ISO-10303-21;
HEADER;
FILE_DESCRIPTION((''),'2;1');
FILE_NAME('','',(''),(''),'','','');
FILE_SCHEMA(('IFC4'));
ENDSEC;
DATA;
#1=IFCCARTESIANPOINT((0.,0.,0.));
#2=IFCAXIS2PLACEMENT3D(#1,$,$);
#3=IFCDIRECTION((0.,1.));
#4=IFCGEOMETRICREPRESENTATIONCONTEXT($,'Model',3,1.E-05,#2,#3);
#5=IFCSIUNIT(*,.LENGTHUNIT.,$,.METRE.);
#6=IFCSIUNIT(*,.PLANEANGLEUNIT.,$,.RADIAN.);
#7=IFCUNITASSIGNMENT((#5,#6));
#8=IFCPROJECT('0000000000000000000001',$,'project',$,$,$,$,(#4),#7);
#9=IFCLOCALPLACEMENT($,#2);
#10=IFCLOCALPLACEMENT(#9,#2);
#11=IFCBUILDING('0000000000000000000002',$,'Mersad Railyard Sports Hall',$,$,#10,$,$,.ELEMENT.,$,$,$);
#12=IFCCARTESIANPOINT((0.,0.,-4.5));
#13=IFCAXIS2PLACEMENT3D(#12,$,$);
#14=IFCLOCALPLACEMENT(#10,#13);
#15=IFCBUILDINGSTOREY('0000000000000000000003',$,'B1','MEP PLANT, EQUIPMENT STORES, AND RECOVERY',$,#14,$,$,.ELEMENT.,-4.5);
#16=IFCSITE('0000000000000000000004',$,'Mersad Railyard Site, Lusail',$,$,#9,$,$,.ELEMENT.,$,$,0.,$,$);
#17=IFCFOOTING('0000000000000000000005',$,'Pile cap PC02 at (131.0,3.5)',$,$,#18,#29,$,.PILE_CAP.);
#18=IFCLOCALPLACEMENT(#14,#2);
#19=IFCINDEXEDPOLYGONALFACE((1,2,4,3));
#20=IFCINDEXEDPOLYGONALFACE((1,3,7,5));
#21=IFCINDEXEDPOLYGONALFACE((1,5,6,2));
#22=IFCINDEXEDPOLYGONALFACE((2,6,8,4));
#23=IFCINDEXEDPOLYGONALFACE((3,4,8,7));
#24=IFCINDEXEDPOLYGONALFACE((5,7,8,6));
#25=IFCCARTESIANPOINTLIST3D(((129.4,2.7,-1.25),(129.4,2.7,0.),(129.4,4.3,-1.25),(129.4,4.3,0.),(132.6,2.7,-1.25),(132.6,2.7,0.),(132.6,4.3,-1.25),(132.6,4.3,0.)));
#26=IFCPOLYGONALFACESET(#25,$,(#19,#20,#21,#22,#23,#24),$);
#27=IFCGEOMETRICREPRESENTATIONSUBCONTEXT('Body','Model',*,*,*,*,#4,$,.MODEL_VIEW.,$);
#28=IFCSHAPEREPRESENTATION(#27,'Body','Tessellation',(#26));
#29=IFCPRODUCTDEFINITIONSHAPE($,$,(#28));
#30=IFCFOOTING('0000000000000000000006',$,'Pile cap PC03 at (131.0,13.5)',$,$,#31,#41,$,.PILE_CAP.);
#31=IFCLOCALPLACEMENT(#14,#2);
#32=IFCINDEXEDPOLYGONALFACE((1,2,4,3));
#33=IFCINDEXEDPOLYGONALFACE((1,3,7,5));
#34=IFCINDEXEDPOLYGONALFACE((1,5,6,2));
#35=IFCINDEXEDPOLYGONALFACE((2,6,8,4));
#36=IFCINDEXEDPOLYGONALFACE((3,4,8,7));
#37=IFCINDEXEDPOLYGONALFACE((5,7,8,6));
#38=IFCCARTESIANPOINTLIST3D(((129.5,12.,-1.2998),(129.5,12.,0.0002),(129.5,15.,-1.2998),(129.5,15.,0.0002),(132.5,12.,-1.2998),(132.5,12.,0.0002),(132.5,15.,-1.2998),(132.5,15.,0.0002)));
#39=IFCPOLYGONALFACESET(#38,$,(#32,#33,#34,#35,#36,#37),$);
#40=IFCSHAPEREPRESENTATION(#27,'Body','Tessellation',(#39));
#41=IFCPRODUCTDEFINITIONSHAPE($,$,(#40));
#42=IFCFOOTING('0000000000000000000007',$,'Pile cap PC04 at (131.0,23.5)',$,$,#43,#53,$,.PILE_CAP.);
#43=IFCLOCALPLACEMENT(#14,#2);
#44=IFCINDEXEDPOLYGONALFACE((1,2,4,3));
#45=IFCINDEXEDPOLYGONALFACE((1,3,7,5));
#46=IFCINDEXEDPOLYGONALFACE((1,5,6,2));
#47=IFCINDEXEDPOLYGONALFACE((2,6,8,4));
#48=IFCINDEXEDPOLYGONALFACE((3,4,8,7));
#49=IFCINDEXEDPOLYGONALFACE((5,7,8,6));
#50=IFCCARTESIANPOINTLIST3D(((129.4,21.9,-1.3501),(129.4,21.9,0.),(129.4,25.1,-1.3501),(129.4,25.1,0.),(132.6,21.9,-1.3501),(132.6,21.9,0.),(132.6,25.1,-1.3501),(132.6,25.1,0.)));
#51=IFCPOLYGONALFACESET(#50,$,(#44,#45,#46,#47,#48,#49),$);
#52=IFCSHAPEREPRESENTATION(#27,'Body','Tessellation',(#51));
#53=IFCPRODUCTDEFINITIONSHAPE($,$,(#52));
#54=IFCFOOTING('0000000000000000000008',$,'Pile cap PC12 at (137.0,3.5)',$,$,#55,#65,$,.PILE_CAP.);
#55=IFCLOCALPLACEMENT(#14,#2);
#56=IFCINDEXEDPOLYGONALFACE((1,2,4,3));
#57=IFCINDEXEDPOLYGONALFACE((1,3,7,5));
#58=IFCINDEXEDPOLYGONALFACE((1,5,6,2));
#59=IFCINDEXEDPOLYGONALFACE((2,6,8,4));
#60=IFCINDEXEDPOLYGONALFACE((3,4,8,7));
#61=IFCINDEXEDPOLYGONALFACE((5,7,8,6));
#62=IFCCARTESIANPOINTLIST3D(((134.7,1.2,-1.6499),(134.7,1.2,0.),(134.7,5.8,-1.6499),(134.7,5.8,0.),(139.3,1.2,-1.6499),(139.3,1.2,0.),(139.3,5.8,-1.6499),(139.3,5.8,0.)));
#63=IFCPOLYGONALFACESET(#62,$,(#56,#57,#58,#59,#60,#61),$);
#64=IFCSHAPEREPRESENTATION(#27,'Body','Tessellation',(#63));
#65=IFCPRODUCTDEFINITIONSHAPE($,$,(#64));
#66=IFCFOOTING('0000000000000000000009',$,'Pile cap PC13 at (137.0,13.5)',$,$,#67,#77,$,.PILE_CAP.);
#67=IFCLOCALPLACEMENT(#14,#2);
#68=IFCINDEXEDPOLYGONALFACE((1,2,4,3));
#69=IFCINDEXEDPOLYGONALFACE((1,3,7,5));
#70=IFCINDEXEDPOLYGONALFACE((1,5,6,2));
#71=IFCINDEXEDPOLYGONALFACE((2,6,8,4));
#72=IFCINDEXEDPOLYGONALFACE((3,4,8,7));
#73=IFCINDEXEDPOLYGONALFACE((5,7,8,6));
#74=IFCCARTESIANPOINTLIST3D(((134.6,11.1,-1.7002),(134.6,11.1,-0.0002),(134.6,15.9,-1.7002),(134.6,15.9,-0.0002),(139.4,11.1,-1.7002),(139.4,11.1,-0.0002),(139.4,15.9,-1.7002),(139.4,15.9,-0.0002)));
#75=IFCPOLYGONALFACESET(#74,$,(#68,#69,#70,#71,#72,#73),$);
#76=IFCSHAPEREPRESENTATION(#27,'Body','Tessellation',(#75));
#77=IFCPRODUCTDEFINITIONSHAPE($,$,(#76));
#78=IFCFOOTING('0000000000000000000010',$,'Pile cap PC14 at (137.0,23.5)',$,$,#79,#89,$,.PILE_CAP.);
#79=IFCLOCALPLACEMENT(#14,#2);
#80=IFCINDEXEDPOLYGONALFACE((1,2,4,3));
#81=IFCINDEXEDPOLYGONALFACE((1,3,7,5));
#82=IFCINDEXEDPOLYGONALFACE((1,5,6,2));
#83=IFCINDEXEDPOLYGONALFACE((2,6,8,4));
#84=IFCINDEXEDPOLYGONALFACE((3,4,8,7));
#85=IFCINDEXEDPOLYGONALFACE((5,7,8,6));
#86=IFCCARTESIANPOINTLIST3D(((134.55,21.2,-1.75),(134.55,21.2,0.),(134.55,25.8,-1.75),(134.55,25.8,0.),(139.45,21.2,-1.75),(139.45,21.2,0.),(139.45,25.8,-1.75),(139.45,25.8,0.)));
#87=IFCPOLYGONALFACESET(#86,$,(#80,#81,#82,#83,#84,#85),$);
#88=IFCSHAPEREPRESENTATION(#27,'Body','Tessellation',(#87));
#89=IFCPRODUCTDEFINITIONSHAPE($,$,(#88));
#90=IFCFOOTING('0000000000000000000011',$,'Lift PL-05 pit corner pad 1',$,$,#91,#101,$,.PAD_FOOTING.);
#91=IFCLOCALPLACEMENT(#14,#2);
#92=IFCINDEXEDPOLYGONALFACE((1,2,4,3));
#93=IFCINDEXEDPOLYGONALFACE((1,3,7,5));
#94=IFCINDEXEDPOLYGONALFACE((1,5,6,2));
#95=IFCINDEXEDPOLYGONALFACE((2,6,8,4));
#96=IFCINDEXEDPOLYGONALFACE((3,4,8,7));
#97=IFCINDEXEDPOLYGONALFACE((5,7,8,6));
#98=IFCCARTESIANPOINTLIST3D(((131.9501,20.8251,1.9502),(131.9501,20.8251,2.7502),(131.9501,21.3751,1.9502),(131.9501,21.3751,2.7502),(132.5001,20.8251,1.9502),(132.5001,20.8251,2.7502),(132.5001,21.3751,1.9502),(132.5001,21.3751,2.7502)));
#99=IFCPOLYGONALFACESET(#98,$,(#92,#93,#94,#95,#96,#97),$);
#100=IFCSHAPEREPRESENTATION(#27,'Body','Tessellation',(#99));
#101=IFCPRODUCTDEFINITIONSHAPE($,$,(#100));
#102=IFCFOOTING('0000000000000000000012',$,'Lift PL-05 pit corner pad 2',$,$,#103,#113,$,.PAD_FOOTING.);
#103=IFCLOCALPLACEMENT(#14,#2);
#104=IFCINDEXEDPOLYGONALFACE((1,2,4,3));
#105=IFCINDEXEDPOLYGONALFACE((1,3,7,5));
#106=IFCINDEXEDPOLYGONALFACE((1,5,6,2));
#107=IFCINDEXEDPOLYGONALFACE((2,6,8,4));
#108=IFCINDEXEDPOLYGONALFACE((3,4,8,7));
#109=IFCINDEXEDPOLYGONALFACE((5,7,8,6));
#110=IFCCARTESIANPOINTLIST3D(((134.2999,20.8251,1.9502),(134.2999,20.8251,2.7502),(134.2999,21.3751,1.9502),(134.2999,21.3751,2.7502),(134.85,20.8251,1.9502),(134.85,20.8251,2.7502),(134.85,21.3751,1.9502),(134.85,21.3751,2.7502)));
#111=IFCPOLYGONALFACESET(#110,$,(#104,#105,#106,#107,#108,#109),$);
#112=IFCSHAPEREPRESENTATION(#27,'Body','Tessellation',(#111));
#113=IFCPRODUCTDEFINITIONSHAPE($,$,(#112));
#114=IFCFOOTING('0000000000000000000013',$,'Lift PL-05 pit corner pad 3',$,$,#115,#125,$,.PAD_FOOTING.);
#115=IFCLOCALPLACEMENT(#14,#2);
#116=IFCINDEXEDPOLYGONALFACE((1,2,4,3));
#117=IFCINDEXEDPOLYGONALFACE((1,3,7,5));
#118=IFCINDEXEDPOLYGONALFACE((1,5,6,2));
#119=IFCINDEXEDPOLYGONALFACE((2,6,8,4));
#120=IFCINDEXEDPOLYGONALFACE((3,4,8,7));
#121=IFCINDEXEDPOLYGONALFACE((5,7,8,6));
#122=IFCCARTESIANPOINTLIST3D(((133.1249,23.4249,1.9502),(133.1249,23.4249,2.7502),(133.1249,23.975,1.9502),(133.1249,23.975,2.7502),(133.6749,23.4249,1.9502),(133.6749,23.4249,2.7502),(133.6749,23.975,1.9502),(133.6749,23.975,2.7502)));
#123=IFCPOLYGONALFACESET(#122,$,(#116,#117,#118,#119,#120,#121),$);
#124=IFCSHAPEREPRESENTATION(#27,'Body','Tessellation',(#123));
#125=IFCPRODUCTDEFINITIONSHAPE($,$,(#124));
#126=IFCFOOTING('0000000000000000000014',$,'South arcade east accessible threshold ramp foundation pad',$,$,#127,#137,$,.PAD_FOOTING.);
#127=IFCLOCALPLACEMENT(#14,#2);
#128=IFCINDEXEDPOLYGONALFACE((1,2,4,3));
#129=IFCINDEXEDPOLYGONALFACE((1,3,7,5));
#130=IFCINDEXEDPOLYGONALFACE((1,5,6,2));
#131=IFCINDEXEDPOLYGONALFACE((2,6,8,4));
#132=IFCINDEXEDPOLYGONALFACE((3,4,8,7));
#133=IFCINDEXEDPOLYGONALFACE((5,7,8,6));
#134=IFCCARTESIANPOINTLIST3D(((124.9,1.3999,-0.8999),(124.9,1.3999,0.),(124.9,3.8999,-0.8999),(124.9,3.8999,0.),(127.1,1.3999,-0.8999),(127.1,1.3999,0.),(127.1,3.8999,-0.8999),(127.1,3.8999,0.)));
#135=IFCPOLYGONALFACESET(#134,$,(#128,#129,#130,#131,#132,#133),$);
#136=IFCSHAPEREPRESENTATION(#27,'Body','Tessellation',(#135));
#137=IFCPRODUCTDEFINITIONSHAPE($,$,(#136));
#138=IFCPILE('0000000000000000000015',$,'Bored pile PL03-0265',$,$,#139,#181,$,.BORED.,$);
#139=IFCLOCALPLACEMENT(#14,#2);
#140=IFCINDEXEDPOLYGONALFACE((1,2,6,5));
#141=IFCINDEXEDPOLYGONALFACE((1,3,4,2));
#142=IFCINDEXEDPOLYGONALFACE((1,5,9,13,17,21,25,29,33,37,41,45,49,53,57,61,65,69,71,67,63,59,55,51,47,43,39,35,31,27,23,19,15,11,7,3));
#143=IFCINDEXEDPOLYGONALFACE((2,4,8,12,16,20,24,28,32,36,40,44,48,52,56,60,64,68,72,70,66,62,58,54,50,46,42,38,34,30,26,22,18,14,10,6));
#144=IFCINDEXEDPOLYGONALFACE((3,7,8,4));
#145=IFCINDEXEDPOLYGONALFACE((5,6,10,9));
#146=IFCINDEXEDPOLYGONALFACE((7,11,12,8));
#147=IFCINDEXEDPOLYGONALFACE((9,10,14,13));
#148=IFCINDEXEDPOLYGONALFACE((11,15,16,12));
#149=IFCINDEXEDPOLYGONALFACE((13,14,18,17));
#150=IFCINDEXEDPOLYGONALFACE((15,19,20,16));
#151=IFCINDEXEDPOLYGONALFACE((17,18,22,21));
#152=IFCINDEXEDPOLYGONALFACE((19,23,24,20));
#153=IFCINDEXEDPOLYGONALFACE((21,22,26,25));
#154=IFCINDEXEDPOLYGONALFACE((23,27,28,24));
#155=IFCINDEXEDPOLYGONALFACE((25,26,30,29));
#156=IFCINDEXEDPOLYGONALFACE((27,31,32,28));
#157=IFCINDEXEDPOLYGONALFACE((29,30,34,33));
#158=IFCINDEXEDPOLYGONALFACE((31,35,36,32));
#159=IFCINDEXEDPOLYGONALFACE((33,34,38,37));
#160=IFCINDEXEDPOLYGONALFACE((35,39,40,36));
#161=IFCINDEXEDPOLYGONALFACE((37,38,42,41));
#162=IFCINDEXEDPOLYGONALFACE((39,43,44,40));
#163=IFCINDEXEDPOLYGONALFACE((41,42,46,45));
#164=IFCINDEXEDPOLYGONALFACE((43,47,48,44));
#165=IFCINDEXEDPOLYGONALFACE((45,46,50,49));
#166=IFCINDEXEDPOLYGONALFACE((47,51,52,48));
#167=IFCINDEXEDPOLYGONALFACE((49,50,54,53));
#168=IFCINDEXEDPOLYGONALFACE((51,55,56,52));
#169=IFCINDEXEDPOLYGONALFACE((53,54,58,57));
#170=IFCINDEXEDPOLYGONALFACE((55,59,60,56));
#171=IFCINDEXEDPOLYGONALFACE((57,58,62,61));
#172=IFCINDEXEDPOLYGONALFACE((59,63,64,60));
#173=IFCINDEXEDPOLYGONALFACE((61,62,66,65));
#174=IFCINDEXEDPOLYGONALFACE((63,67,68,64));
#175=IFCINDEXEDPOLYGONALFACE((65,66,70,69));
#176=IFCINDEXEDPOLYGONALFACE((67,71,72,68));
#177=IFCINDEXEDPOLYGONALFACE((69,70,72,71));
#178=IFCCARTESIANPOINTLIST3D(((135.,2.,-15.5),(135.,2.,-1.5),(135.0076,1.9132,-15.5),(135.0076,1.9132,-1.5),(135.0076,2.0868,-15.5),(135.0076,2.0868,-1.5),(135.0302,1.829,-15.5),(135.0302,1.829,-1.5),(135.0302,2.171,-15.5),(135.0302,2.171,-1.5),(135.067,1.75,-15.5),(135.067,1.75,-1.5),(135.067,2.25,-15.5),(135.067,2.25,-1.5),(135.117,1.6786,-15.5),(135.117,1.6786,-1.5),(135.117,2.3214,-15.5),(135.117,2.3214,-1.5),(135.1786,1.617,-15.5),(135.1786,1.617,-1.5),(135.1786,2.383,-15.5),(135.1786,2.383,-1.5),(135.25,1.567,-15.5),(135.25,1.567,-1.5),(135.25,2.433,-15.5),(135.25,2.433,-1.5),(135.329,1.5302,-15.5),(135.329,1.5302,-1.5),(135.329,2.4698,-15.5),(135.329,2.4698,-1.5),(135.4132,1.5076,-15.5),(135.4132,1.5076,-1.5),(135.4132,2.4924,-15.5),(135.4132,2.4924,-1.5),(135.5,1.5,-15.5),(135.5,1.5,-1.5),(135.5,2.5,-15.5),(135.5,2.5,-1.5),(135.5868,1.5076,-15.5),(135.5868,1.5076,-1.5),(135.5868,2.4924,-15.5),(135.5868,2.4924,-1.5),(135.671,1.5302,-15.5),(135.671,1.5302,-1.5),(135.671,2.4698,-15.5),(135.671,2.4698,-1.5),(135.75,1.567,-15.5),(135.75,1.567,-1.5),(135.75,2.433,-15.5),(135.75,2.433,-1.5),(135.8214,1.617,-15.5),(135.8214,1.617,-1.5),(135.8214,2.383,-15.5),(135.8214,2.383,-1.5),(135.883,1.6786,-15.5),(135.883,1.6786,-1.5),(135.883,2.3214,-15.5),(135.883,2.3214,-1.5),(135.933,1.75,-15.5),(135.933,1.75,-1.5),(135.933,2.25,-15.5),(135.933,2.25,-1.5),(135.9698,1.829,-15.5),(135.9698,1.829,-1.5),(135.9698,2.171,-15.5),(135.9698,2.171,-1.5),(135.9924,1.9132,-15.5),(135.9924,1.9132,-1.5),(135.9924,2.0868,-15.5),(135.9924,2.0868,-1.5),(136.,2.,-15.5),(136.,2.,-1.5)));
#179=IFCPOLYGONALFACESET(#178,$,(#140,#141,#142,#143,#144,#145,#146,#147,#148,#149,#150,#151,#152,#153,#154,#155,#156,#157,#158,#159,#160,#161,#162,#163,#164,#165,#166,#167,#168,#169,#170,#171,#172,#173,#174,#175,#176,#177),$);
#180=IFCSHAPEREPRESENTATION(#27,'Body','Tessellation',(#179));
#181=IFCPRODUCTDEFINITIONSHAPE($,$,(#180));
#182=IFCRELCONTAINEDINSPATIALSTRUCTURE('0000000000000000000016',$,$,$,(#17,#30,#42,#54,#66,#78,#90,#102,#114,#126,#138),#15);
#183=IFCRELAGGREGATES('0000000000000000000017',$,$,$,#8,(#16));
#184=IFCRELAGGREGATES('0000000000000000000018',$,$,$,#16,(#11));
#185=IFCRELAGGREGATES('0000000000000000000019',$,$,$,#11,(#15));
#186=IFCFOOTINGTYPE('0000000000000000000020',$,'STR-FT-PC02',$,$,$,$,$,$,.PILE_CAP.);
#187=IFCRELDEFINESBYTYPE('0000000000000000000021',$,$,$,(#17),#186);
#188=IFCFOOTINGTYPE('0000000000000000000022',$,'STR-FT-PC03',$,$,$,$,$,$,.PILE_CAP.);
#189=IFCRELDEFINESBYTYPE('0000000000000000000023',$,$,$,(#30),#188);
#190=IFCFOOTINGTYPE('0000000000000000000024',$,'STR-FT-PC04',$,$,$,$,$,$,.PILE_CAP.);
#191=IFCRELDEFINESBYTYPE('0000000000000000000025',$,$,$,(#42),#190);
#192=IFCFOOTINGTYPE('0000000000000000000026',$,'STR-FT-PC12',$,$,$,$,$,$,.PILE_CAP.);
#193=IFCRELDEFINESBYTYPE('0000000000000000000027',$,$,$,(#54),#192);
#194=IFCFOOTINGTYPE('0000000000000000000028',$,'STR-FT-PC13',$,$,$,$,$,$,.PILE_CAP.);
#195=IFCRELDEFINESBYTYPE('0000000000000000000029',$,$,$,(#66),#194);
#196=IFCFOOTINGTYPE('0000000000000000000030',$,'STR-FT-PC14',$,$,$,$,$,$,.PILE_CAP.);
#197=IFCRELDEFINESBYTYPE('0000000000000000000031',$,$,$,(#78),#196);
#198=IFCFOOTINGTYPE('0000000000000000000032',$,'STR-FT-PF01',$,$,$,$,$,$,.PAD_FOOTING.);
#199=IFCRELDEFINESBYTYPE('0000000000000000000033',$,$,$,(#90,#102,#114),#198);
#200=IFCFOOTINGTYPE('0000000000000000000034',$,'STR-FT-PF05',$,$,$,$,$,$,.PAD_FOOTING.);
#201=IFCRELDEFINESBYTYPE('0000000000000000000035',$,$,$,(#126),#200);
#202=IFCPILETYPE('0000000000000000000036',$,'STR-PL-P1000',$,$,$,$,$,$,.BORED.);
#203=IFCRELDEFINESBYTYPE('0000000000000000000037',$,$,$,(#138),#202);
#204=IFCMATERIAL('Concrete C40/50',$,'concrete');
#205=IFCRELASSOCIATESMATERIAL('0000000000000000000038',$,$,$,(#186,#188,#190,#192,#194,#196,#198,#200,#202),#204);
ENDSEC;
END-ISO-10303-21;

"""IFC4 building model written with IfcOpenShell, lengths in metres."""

from ifc_helpers import new_model, si_unit, direction, frame, origin, origin_2d, place, context, subcontext, project, spatial, rectangle, circle, extrude, material, material_profile, profile_set, type_object, element, save


model = new_model("IFC4")

# Units and contexts
model_context = context("Model", 3, precision=1e-05, world=origin(), true_north=direction((0.0, 1.0)))
body_context = subcontext(model_context, "Body", "Model", "MODEL_VIEW")
ifc_project = project(units=[si_unit("LENGTHUNIT", "METRE"), si_unit("PLANEANGLEUNIT", "RADIAN")], contexts=[model_context])

# Site, building, storey
site_placement = place(None, origin())
site = spatial("IfcSite", under=ifc_project, at=site_placement, Name="Mersad Railyard Site, Lusail", CompositionType="ELEMENT", RefElevation=0.0)
building_placement = place(site_placement, origin())
building = spatial("IfcBuilding", under=site, at=building_placement, Name="Mersad Railyard Sports Hall", CompositionType="ELEMENT")
storey_placement = place(building_placement, frame((0.0, 0.0, -4.5)))
storey = spatial("IfcBuildingStorey", under=building, at=storey_placement, Name="B1", Description="MEP PLANT, EQUIPMENT STORES, AND RECOVERY", CompositionType="ELEMENT", Elevation=-4.5)

# Footings
ifc_material_1 = material(Name="Concrete C40/50", Category="concrete")
footing_type_1 = type_object("IfcFootingType", Name="STR-FT-PC02", PredefinedType="PILE_CAP", material=ifc_material_1)
footing_1_placement = place(storey_placement, frame((131.0, 3.5, -1.25), z_axis=(0.0, 0.0, 1.0), x_axis=(1.0, 0.0, 0.0)))
element("IfcFooting", 1, at=footing_1_placement, inside=storey, type_object=footing_type_1, Name="Pile cap PC02 at (131.0,3.5)", PredefinedType="PILE_CAP", context=body_context, shape_type="SweptSolid", body=[
    extrude(rectangle(XDim=3.2, YDim=1.6001, at=origin_2d()), origin(), (0.0, 0.0, 1.0), 1.25),
])
footing_type_2 = type_object("IfcFootingType", Name="STR-FT-PC03", PredefinedType="PILE_CAP", material=ifc_material_1)
footing_2_placement = place(storey_placement, frame((131.0, 13.5, -1.2998), z_axis=(0.0, 0.0, 1.0), x_axis=(1.0, 0.0, 0.0)))
element("IfcFooting", 2, at=footing_2_placement, inside=storey, type_object=footing_type_2, Name="Pile cap PC03 at (131.0,13.5)", PredefinedType="PILE_CAP", context=body_context, shape_type="SweptSolid", body=[
    extrude(rectangle(XDim=3.0, YDim=3.0, at=origin_2d()), origin(), (0.0, 0.0, 1.0), 1.3),
])
footing_type_3 = type_object("IfcFootingType", Name="STR-FT-PC04", PredefinedType="PILE_CAP", material=ifc_material_1)
footing_3_placement = place(storey_placement, frame((131.0, 23.5, -1.3501), z_axis=(0.0, 0.0, 1.0), x_axis=(1.0, 0.0, 0.0)))
element("IfcFooting", 3, at=footing_3_placement, inside=storey, type_object=footing_type_3, Name="Pile cap PC04 at (131.0,23.5)", PredefinedType="PILE_CAP", context=body_context, shape_type="SweptSolid", body=[
    extrude(rectangle(XDim=3.2, YDim=3.2, at=origin_2d()), origin(), (0.0, 0.0, 1.0), 1.3501),
])
footing_type_4 = type_object("IfcFootingType", Name="STR-FT-PC12", PredefinedType="PILE_CAP", material=ifc_material_1)
footing_4_placement = place(storey_placement, frame((137.0, 3.5, -1.6499), z_axis=(0.0, 0.0, 1.0), x_axis=(1.0, 0.0, 0.0)))
element("IfcFooting", 4, at=footing_4_placement, inside=storey, type_object=footing_type_4, Name="Pile cap PC12 at (137.0,3.5)", PredefinedType="PILE_CAP", context=body_context, shape_type="SweptSolid", body=[
    extrude(rectangle(XDim=4.6001, YDim=4.6001, at=origin_2d()), origin(), (0.0, 0.0, 1.0), 1.6499),
])
footing_type_5 = type_object("IfcFootingType", Name="STR-FT-PC13", PredefinedType="PILE_CAP", material=ifc_material_1)
footing_5_placement = place(storey_placement, frame((137.0, 13.5, -1.7002), z_axis=(0.0, 0.0, 1.0), x_axis=(1.0, 0.0, 0.0)))
element("IfcFooting", 5, at=footing_5_placement, inside=storey, type_object=footing_type_5, Name="Pile cap PC13 at (137.0,13.5)", PredefinedType="PILE_CAP", context=body_context, shape_type="SweptSolid", body=[
    extrude(rectangle(XDim=4.8, YDim=4.8, at=origin_2d()), origin(), (0.0, 0.0, 1.0), 1.7),
])
footing_type_6 = type_object("IfcFootingType", Name="STR-FT-PC14", PredefinedType="PILE_CAP", material=ifc_material_1)
footing_6_placement = place(storey_placement, frame((137.0, 23.5, -1.75), z_axis=(0.0, 0.0, 1.0), x_axis=(1.0, 0.0, 0.0)))
element("IfcFooting", 6, at=footing_6_placement, inside=storey, type_object=footing_type_6, Name="Pile cap PC14 at (137.0,23.5)", PredefinedType="PILE_CAP", context=body_context, shape_type="SweptSolid", body=[
    extrude(rectangle(XDim=4.8999, YDim=4.6001, at=origin_2d()), origin(), (0.0, 0.0, 1.0), 1.75),
])
footing_type_7 = type_object("IfcFootingType", Name="STR-FT-PF01", PredefinedType="PAD_FOOTING", material=ifc_material_1)
for number, where, z_axis, x_axis, name in (
    (7, (132.2251, 21.1001, 1.9502), (0.0, 0.0, 1.0), (1.0, 0.0, 0.0), "Lift PL-05 pit corner pad 1"),
    (8, (134.575, 21.1001, 1.9502), (0.0, 0.0, 1.0), (1.0, 0.0, 0.0), "Lift PL-05 pit corner pad 2"),
    (9, (133.3999, 23.7, 1.9502), (0.0, 0.0, 1.0), (1.0, 0.0, 0.0), "Lift PL-05 pit corner pad 3"),
):
    element("IfcFooting", number, at=place(storey_placement, frame(where, z_axis=z_axis, x_axis=x_axis)), inside=storey, type_object=footing_type_7, Name=name, PredefinedType="PAD_FOOTING", context=body_context, shape_type="SweptSolid", body=[
        extrude(rectangle(XDim=0.55, YDim=0.55, at=origin_2d()), origin(), (0.0, 0.0, 1.0), 0.8),
    ])
footing_type_8 = type_object("IfcFootingType", Name="STR-FT-PF05", PredefinedType="PAD_FOOTING", material=ifc_material_1)
footing_7_placement = place(storey_placement, frame((126.0, 2.6499, -0.8999), z_axis=(0.0, 0.0, 1.0), x_axis=(1.0, 0.0, 0.0)))
element("IfcFooting", 10, at=footing_7_placement, inside=storey, type_object=footing_type_8, Name="South arcade east accessible threshold ramp foundation pad", PredefinedType="PAD_FOOTING", context=body_context, shape_type="SweptSolid", body=[
    extrude(rectangle(XDim=2.2, YDim=2.5, at=origin_2d()), origin(), (0.0, 0.0, 1.0), 0.8999),
])

# Pile
ifc_material_profile_1 = material_profile(ifc_material_1, circle(Radius=0.5, at=origin_2d()), Name="BORED PILE D1000")
ifc_profile_set_1 = profile_set([ifc_material_profile_1], Name="Concrete C40/50")
pile_type_1 = type_object("IfcPileType", Name="STR-PL-P1000", PredefinedType="BORED", material=ifc_profile_set_1)
for number, where, z_axis, x_axis, name in (
    (11, (135.5, 2.0, -1.5), (0.0, 0.0, -1.0), (1.0, 0.0, 0.0), "Bored pile PL03-0265"),
):
    element("IfcPile", number, at=place(storey_placement, frame(where, z_axis=z_axis, x_axis=x_axis)), inside=storey, type_object=pile_type_1, Name=name, PredefinedType="BORED", context=body_context, shape_type="SweptSolid", body=[
        extrude(circle(Radius=0.5, at=origin_2d()), origin(), (0.0, 0.0, 1.0), 14.0),
    ])

save(model, "model.ifc")
